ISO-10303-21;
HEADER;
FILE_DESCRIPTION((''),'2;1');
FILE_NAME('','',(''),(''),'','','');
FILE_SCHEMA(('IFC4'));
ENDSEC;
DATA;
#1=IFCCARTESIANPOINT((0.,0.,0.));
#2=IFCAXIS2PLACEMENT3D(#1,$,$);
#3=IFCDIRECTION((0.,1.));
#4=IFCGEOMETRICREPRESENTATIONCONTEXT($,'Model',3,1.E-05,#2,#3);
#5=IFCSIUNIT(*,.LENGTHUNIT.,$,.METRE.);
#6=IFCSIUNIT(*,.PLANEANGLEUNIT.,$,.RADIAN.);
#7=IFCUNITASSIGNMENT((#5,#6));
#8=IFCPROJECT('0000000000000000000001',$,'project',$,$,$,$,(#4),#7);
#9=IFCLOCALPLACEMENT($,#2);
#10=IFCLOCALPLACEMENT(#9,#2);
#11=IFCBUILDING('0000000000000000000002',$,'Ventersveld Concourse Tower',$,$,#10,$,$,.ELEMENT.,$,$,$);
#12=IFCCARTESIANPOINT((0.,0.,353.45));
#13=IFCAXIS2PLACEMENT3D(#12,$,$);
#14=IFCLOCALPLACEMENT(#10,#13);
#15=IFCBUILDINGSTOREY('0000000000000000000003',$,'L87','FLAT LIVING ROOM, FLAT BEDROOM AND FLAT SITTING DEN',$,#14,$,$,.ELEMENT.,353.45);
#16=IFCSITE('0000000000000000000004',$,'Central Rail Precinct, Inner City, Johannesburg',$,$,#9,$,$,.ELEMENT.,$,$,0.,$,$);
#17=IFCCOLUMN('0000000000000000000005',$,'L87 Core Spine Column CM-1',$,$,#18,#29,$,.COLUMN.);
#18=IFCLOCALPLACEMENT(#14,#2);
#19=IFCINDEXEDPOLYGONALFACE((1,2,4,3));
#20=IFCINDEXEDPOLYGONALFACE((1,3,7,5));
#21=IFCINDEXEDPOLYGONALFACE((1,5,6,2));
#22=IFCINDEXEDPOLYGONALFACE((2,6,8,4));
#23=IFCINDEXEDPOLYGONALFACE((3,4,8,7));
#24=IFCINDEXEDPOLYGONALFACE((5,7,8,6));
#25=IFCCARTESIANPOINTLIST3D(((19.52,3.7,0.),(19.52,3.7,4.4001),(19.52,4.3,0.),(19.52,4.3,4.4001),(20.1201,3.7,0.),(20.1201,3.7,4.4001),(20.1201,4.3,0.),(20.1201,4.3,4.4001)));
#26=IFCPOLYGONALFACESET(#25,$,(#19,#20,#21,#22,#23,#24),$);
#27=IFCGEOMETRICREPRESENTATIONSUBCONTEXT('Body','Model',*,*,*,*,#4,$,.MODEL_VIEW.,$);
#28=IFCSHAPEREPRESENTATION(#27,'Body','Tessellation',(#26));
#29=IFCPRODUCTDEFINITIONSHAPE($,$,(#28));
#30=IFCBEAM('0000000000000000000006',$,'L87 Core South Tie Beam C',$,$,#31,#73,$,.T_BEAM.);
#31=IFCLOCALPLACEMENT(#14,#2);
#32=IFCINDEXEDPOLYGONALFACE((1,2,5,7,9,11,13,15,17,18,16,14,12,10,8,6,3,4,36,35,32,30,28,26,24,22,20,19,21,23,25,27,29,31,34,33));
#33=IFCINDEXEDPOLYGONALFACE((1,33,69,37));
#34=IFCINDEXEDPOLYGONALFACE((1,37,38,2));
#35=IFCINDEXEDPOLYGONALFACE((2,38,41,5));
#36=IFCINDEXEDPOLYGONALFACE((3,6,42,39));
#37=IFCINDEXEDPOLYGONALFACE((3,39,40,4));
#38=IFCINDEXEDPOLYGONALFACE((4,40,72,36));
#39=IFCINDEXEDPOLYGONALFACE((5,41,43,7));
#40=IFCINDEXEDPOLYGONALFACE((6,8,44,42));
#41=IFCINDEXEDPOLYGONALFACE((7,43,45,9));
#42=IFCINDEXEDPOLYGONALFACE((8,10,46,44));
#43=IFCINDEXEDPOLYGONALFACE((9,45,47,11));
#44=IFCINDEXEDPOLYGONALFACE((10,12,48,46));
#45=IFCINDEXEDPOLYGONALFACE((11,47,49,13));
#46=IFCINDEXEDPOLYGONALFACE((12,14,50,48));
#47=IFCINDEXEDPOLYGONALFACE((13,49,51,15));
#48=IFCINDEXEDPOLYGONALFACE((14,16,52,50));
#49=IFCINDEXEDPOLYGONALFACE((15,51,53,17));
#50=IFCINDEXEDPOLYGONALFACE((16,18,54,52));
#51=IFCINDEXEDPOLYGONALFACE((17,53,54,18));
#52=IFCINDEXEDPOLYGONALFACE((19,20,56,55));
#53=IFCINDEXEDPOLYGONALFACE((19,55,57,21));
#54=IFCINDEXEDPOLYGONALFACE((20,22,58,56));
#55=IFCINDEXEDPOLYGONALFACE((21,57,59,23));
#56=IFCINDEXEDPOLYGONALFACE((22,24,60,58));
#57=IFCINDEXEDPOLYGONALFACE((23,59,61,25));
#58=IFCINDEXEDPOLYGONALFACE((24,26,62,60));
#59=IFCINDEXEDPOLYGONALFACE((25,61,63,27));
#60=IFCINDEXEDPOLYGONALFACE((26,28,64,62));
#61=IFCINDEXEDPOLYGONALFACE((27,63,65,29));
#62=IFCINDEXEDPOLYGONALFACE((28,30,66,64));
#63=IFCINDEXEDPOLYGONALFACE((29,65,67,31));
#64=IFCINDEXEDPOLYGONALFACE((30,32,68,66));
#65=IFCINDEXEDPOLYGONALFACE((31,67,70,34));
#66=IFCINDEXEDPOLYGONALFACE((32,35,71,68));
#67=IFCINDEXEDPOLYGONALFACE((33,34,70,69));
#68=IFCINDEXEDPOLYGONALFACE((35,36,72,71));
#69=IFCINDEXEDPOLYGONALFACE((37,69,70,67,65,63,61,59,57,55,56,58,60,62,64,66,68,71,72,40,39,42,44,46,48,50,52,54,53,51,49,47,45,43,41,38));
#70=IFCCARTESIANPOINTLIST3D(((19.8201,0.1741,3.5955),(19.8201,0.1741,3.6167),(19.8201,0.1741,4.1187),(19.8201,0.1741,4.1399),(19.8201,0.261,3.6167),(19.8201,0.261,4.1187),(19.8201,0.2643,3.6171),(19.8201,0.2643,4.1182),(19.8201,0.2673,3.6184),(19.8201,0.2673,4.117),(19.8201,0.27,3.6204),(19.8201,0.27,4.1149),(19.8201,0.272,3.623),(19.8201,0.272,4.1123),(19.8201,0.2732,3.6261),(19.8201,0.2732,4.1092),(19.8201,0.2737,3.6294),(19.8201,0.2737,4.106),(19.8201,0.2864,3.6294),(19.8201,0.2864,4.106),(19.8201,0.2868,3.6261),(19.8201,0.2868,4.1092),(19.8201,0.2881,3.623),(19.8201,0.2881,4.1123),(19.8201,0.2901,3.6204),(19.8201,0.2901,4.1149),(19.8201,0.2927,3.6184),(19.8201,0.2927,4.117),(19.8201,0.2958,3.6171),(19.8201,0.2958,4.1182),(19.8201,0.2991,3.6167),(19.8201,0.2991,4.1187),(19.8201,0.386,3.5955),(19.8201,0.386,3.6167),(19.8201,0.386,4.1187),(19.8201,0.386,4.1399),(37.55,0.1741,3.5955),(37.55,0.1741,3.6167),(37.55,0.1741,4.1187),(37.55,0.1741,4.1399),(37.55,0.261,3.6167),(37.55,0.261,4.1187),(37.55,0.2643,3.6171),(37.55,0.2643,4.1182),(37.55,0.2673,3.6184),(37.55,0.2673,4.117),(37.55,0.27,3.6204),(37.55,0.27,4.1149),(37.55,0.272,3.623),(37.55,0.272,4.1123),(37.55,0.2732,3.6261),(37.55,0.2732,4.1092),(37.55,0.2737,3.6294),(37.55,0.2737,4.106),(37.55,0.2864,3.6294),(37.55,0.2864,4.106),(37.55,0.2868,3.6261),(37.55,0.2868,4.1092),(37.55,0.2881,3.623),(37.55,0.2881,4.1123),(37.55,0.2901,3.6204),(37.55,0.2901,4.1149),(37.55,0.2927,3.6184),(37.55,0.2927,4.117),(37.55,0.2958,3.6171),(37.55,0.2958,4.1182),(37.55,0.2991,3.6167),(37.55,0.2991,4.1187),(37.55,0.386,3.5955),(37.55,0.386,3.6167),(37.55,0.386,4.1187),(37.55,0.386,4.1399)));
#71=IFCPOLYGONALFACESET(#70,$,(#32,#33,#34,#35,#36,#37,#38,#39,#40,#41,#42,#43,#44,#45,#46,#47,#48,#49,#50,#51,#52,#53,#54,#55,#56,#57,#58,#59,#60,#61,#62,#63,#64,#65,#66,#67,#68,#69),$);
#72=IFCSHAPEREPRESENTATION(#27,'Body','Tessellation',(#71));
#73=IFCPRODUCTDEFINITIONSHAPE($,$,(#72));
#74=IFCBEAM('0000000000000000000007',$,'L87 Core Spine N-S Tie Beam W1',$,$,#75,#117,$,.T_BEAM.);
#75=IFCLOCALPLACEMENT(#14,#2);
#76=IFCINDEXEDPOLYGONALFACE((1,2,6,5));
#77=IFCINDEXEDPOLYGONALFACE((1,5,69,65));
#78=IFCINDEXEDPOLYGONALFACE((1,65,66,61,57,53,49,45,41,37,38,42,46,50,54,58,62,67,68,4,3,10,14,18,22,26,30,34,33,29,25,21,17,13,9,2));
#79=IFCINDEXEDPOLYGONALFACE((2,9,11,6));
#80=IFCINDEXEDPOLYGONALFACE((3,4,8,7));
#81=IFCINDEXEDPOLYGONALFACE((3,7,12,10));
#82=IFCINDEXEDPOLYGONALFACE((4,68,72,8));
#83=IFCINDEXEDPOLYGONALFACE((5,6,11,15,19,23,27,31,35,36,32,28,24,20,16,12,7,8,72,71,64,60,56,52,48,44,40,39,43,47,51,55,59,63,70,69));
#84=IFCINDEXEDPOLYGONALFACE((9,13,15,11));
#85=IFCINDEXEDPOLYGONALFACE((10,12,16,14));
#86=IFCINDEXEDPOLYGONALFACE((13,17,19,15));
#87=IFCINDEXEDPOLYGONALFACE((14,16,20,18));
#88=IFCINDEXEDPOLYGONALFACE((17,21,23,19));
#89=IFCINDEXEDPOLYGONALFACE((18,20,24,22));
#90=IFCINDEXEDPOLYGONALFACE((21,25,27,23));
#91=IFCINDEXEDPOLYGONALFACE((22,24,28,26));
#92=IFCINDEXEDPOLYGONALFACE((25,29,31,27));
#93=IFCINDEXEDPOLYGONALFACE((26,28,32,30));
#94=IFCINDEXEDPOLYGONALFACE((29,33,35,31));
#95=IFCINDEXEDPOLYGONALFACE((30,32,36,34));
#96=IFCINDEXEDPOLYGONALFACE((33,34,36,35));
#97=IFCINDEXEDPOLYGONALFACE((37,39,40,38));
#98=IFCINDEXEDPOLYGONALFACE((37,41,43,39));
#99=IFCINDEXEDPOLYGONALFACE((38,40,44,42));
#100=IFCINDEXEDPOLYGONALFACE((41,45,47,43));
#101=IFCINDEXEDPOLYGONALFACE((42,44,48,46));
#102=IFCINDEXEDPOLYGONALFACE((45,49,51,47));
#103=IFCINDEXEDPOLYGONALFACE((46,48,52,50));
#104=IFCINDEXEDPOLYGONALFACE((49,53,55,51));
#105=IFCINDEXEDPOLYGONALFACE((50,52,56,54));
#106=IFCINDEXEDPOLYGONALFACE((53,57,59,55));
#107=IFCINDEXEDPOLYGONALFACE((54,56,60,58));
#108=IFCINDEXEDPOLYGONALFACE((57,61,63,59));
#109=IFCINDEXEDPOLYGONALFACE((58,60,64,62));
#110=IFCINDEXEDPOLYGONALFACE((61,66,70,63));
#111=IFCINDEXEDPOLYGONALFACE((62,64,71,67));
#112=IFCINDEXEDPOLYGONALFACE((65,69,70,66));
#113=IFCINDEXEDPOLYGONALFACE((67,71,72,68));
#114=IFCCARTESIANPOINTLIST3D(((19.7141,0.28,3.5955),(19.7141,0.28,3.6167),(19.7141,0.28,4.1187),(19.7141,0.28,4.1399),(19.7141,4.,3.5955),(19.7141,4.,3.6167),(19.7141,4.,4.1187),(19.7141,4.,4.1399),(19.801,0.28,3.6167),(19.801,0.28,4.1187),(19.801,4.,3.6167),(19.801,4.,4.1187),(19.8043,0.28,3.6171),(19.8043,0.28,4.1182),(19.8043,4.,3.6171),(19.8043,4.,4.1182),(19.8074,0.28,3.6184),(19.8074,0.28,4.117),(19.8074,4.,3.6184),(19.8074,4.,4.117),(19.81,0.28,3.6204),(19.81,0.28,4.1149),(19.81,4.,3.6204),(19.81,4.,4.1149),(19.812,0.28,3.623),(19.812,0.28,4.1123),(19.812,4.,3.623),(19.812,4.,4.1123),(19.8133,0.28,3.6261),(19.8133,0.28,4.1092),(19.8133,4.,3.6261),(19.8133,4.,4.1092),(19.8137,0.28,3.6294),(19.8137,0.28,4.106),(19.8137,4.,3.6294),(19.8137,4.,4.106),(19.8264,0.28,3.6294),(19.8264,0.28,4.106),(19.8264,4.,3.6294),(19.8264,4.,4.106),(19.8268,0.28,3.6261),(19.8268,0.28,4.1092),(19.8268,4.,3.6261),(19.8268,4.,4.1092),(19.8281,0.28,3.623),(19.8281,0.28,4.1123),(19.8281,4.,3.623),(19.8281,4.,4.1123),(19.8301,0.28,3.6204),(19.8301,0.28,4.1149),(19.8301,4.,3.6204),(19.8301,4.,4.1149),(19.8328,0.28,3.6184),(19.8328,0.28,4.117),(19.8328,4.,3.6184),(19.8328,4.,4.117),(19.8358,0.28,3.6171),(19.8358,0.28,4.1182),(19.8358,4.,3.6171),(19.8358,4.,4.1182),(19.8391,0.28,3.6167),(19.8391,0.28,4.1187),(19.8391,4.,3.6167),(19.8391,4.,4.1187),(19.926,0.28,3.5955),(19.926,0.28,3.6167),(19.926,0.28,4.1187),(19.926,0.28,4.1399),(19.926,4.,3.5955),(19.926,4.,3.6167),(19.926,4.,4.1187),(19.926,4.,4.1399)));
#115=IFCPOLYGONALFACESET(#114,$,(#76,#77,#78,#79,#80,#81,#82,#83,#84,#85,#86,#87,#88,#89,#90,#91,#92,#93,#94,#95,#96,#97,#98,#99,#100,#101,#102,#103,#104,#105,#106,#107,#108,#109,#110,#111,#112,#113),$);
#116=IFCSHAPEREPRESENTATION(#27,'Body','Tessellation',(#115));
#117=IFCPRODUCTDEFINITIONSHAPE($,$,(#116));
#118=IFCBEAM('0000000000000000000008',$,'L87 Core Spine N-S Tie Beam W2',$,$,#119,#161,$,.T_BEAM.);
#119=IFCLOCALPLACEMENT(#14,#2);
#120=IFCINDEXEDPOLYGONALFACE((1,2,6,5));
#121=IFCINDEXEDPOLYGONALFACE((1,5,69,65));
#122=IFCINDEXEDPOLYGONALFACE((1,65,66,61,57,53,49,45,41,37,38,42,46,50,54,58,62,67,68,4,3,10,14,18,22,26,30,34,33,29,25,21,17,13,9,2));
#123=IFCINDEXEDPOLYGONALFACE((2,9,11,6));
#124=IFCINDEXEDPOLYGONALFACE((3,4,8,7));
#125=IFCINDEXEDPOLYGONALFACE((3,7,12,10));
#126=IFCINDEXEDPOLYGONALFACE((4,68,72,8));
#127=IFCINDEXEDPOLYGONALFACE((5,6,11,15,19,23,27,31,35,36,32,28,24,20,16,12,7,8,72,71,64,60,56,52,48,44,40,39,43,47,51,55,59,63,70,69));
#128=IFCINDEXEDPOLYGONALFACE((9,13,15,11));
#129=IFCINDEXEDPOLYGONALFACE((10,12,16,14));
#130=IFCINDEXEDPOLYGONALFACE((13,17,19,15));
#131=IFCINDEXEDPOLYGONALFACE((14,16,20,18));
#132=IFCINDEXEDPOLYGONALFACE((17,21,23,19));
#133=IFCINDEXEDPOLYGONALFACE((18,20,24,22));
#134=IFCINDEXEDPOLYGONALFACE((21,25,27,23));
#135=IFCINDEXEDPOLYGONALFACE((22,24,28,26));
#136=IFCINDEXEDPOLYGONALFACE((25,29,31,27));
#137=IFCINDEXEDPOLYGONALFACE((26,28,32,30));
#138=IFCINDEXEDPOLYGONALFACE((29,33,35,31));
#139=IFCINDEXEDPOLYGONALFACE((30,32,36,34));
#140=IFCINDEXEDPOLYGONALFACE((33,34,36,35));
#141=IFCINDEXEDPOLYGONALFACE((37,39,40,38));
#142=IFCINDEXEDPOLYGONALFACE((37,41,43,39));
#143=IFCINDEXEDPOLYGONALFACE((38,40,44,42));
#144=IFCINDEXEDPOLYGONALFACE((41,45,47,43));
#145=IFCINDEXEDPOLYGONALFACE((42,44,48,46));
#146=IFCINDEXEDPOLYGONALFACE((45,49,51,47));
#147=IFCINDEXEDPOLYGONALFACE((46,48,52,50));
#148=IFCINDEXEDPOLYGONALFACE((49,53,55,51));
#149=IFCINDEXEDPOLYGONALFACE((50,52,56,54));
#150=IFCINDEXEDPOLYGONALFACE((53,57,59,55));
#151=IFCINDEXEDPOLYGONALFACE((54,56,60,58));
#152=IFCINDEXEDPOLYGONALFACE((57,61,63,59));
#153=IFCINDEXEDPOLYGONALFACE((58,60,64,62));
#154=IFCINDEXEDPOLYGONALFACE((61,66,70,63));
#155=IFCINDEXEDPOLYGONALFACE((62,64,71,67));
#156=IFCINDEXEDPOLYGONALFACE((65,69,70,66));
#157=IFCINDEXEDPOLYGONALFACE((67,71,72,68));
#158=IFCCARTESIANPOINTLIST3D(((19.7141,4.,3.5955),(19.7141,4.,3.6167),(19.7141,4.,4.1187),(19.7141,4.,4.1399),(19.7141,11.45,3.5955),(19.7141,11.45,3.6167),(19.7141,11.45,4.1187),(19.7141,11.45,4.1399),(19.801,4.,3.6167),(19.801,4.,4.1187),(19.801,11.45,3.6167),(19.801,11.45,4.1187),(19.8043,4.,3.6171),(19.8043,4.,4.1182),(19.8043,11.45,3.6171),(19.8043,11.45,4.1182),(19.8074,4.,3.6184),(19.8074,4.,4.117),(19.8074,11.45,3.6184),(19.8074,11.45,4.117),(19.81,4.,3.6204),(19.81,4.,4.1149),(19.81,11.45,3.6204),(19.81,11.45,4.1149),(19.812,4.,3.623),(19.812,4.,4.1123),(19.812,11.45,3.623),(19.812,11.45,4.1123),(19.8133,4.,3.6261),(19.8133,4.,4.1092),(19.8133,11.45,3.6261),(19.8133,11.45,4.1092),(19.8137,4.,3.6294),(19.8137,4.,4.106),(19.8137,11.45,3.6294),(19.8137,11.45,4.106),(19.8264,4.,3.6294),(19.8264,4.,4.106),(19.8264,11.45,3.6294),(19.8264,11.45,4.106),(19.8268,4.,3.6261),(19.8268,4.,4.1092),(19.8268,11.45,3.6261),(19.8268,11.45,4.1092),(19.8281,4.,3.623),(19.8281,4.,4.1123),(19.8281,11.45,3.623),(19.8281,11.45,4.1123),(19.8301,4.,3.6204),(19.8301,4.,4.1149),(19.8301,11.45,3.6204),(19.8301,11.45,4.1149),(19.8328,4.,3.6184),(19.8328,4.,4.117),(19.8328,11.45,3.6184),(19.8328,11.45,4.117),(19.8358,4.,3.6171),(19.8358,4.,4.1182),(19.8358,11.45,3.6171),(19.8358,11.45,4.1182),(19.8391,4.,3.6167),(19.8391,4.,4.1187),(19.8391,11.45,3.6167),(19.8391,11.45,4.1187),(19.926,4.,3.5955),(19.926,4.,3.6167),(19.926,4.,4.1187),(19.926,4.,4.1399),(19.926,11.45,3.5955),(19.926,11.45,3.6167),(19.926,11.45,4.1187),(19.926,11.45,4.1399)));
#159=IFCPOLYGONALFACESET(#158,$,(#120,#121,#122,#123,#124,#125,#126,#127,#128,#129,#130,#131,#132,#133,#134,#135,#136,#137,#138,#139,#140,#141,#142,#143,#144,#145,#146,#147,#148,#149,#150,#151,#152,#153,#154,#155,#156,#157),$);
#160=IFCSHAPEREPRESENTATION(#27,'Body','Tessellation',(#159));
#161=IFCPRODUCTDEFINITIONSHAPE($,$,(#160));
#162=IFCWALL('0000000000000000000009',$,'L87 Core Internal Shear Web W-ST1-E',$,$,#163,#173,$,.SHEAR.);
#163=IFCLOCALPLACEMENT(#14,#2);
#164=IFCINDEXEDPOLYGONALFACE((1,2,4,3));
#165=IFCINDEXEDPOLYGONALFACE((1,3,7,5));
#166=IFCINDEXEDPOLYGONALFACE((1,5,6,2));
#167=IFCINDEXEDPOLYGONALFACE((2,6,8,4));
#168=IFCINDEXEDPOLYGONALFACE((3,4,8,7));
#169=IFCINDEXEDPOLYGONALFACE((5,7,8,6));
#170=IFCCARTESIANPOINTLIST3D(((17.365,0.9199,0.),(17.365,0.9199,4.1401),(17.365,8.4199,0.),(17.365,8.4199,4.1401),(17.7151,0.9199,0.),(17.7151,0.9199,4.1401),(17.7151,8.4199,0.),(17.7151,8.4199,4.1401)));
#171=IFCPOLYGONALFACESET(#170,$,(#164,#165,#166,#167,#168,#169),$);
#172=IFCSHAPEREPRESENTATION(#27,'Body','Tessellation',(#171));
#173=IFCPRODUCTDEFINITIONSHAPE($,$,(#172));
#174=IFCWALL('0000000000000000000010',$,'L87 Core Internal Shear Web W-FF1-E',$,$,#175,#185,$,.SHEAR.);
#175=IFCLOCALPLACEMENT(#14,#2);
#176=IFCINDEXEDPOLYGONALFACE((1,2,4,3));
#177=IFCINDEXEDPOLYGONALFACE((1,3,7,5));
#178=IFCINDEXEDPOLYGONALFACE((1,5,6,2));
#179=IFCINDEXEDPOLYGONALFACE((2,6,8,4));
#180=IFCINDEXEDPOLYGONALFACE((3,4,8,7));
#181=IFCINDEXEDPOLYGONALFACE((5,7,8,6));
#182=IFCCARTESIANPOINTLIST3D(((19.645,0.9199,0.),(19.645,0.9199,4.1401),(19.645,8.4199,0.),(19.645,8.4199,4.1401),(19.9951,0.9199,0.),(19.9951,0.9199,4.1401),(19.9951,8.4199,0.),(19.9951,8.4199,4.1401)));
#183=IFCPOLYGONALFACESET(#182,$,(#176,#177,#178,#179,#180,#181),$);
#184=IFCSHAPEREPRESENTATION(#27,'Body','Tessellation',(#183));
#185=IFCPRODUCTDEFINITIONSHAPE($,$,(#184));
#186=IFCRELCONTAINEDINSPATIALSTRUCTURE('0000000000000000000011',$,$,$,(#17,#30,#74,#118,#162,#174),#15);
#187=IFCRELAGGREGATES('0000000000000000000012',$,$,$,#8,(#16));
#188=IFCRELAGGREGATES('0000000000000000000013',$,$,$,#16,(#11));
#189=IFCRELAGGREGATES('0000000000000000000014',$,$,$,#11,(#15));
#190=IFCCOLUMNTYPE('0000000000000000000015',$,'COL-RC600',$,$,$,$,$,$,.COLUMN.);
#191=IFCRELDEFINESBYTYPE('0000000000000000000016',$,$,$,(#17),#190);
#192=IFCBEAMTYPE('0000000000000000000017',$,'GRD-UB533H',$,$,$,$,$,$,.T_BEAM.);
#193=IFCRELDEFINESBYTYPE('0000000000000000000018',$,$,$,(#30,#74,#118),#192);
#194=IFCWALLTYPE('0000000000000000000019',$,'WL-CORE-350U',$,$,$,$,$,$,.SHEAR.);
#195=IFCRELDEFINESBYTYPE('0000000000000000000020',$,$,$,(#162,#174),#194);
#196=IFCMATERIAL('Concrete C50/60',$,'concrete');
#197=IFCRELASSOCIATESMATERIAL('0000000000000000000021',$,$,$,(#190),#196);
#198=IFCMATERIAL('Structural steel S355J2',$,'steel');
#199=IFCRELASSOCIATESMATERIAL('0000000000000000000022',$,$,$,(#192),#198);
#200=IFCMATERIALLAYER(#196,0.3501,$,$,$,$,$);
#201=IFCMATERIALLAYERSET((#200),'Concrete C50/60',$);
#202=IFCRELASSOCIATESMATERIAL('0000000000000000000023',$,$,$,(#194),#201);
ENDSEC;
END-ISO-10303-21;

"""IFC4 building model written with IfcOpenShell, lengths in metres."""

from ifc_helpers import new_model, si_unit, direction, frame, frame_2d, origin, origin_2d, place, context, subcontext, project, spatial, rectangle, i_section, extrude, material, layer, layer_set, material_profile, profile_set, type_object, element, save


model = new_model("IFC4")

# Units and contexts
model_context = context("Model", 3, precision=1e-05, world=origin(), true_north=direction((0.0, 1.0)))
body_context = subcontext(model_context, "Body", "Model", "MODEL_VIEW")
ifc_project = project(units=[si_unit("LENGTHUNIT", "METRE"), si_unit("PLANEANGLEUNIT", "RADIAN")], contexts=[model_context])

# Site, building, storey
site_placement = place(None, origin())
site = spatial("IfcSite", under=ifc_project, at=site_placement, Name="Central Rail Precinct, Inner City, Johannesburg", CompositionType="ELEMENT", RefElevation=0.0)
building_placement = place(site_placement, origin())
building = spatial("IfcBuilding", under=site, at=building_placement, Name="Ventersveld Concourse Tower", CompositionType="ELEMENT")
storey_placement = place(building_placement, frame((0.0, 0.0, 353.45)))
storey = spatial("IfcBuildingStorey", under=building, at=storey_placement, Name="L87", Description="FLAT LIVING ROOM, FLAT BEDROOM AND FLAT SITTING DEN", CompositionType="ELEMENT", Elevation=353.45)

# Column
ifc_material_1 = material(Name="Concrete C50/60", Category="concrete")
ifc_material_profile_1 = material_profile(ifc_material_1, rectangle(XDim=0.6001, YDim=0.6001, at=origin_2d()), Name="RC 600x600")
ifc_profile_set_1 = profile_set([ifc_material_profile_1], Name="Concrete C50/60")
column_type = type_object("IfcColumnType", Name="COL-RC600", PredefinedType="COLUMN", material=ifc_profile_set_1)
column_placement = place(storey_placement, frame((19.8201, 4.0, 0.0), z_axis=(0.0, 0.0, 1.0), x_axis=(1.0, 0.0, 0.0)))
element("IfcColumn", 1, at=column_placement, inside=storey, type_object=column_type, Name="L87 Core Spine Column CM-1", PredefinedType="COLUMN", context=body_context, shape_type="SweptSolid", body=[
    extrude(rectangle(XDim=0.6001, YDim=0.6001, at=origin_2d()), origin(), (0.0, 0.0, 1.0), 4.4001),
])

# Beams
ifc_material_2 = material(Name="Structural steel S355J2", Category="steel")
ifc_material_profile_2 = material_profile(ifc_material_2, i_section(OverallWidth=0.2119, OverallDepth=0.5444, WebThickness=0.0127, FlangeThickness=0.0212, FilletRadius=0.0127, at=origin_2d()), Name="UB 533x210x122")
ifc_profile_set_2 = profile_set([ifc_material_profile_2], Name="Structural steel S355J2")
beam_type = type_object("IfcBeamType", Name="GRD-UB533H", PredefinedType="T_BEAM", material=ifc_profile_set_2)
beam_1_placement = place(storey_placement, frame((19.8201, 0.28, 3.8677), z_axis=(1.0, 0.0, 0.0), x_axis=(0.0, 1.0, 0.0)))
element("IfcBeam", 2, at=beam_1_placement, inside=storey, type_object=beam_type, Name="L87 Core South Tie Beam C", PredefinedType="T_BEAM", context=body_context, shape_type="SweptSolid", body=[
    extrude(i_section(OverallWidth=0.2119, OverallDepth=0.5444, WebThickness=0.0127, FlangeThickness=0.0212, FilletRadius=0.0127, at=origin_2d()), origin(), (0.0, 0.0, 1.0), 17.73),
])
beam_2_placement = place(storey_placement, frame((19.8201, 0.28, 3.8677), z_axis=(0.0, 1.0, 0.0), x_axis=(-1.0, 0.0, 0.0)))
element("IfcBeam", 3, at=beam_2_placement, inside=storey, type_object=beam_type, Name="L87 Core Spine N-S Tie Beam W1", PredefinedType="T_BEAM", context=body_context, shape_type="SweptSolid", body=[
    extrude(i_section(OverallWidth=0.2119, OverallDepth=0.5444, WebThickness=0.0127, FlangeThickness=0.0212, FilletRadius=0.0127, at=origin_2d()), origin(), (0.0, 0.0, 1.0), 3.72),
])
beam_3_placement = place(storey_placement, frame((19.8201, 4.0, 3.8677), z_axis=(0.0, 1.0, 0.0), x_axis=(-1.0, 0.0, 0.0)))
element("IfcBeam", 4, at=beam_3_placement, inside=storey, type_object=beam_type, Name="L87 Core Spine N-S Tie Beam W2", PredefinedType="T_BEAM", context=body_context, shape_type="SweptSolid", body=[
    extrude(i_section(OverallWidth=0.2119, OverallDepth=0.5444, WebThickness=0.0127, FlangeThickness=0.0212, FilletRadius=0.0127, at=origin_2d()), origin(), (0.0, 0.0, 1.0), 7.45),
])

# Walls
ifc_layer_1 = layer(ifc_material_1, 0.3501)
ifc_layer_set_1 = layer_set([ifc_layer_1], Name="Concrete C50/60")
wall_type_1 = type_object("IfcWallType", Name="WL-CORE-350U", PredefinedType="SHEAR", material=ifc_layer_set_1)
for number, where, z_axis, x_axis, name in (
    (5, (17.54, 0.9199, 0.0), (0.0, 0.0, 1.0), (0.0, 1.0, 0.0), "L87 Core Internal Shear Web W-ST1-E"),
    (6, (19.8201, 0.9199, 0.0), (0.0, 0.0, 1.0), (0.0, 1.0, 0.0), "L87 Core Internal Shear Web W-FF1-E"),
):
    element("IfcWall", number, at=place(storey_placement, frame(where, z_axis=z_axis, x_axis=x_axis)), inside=storey, type_object=wall_type_1, Name=name, PredefinedType="SHEAR", context=body_context, shape_type="SweptSolid", body=[
        extrude(rectangle(XDim=7.5, YDim=0.3501, at=frame_2d((3.75, 0.0))), origin(), (0.0, 0.0, 1.0), 4.1401),
    ])

save(model, "model.ifc")
